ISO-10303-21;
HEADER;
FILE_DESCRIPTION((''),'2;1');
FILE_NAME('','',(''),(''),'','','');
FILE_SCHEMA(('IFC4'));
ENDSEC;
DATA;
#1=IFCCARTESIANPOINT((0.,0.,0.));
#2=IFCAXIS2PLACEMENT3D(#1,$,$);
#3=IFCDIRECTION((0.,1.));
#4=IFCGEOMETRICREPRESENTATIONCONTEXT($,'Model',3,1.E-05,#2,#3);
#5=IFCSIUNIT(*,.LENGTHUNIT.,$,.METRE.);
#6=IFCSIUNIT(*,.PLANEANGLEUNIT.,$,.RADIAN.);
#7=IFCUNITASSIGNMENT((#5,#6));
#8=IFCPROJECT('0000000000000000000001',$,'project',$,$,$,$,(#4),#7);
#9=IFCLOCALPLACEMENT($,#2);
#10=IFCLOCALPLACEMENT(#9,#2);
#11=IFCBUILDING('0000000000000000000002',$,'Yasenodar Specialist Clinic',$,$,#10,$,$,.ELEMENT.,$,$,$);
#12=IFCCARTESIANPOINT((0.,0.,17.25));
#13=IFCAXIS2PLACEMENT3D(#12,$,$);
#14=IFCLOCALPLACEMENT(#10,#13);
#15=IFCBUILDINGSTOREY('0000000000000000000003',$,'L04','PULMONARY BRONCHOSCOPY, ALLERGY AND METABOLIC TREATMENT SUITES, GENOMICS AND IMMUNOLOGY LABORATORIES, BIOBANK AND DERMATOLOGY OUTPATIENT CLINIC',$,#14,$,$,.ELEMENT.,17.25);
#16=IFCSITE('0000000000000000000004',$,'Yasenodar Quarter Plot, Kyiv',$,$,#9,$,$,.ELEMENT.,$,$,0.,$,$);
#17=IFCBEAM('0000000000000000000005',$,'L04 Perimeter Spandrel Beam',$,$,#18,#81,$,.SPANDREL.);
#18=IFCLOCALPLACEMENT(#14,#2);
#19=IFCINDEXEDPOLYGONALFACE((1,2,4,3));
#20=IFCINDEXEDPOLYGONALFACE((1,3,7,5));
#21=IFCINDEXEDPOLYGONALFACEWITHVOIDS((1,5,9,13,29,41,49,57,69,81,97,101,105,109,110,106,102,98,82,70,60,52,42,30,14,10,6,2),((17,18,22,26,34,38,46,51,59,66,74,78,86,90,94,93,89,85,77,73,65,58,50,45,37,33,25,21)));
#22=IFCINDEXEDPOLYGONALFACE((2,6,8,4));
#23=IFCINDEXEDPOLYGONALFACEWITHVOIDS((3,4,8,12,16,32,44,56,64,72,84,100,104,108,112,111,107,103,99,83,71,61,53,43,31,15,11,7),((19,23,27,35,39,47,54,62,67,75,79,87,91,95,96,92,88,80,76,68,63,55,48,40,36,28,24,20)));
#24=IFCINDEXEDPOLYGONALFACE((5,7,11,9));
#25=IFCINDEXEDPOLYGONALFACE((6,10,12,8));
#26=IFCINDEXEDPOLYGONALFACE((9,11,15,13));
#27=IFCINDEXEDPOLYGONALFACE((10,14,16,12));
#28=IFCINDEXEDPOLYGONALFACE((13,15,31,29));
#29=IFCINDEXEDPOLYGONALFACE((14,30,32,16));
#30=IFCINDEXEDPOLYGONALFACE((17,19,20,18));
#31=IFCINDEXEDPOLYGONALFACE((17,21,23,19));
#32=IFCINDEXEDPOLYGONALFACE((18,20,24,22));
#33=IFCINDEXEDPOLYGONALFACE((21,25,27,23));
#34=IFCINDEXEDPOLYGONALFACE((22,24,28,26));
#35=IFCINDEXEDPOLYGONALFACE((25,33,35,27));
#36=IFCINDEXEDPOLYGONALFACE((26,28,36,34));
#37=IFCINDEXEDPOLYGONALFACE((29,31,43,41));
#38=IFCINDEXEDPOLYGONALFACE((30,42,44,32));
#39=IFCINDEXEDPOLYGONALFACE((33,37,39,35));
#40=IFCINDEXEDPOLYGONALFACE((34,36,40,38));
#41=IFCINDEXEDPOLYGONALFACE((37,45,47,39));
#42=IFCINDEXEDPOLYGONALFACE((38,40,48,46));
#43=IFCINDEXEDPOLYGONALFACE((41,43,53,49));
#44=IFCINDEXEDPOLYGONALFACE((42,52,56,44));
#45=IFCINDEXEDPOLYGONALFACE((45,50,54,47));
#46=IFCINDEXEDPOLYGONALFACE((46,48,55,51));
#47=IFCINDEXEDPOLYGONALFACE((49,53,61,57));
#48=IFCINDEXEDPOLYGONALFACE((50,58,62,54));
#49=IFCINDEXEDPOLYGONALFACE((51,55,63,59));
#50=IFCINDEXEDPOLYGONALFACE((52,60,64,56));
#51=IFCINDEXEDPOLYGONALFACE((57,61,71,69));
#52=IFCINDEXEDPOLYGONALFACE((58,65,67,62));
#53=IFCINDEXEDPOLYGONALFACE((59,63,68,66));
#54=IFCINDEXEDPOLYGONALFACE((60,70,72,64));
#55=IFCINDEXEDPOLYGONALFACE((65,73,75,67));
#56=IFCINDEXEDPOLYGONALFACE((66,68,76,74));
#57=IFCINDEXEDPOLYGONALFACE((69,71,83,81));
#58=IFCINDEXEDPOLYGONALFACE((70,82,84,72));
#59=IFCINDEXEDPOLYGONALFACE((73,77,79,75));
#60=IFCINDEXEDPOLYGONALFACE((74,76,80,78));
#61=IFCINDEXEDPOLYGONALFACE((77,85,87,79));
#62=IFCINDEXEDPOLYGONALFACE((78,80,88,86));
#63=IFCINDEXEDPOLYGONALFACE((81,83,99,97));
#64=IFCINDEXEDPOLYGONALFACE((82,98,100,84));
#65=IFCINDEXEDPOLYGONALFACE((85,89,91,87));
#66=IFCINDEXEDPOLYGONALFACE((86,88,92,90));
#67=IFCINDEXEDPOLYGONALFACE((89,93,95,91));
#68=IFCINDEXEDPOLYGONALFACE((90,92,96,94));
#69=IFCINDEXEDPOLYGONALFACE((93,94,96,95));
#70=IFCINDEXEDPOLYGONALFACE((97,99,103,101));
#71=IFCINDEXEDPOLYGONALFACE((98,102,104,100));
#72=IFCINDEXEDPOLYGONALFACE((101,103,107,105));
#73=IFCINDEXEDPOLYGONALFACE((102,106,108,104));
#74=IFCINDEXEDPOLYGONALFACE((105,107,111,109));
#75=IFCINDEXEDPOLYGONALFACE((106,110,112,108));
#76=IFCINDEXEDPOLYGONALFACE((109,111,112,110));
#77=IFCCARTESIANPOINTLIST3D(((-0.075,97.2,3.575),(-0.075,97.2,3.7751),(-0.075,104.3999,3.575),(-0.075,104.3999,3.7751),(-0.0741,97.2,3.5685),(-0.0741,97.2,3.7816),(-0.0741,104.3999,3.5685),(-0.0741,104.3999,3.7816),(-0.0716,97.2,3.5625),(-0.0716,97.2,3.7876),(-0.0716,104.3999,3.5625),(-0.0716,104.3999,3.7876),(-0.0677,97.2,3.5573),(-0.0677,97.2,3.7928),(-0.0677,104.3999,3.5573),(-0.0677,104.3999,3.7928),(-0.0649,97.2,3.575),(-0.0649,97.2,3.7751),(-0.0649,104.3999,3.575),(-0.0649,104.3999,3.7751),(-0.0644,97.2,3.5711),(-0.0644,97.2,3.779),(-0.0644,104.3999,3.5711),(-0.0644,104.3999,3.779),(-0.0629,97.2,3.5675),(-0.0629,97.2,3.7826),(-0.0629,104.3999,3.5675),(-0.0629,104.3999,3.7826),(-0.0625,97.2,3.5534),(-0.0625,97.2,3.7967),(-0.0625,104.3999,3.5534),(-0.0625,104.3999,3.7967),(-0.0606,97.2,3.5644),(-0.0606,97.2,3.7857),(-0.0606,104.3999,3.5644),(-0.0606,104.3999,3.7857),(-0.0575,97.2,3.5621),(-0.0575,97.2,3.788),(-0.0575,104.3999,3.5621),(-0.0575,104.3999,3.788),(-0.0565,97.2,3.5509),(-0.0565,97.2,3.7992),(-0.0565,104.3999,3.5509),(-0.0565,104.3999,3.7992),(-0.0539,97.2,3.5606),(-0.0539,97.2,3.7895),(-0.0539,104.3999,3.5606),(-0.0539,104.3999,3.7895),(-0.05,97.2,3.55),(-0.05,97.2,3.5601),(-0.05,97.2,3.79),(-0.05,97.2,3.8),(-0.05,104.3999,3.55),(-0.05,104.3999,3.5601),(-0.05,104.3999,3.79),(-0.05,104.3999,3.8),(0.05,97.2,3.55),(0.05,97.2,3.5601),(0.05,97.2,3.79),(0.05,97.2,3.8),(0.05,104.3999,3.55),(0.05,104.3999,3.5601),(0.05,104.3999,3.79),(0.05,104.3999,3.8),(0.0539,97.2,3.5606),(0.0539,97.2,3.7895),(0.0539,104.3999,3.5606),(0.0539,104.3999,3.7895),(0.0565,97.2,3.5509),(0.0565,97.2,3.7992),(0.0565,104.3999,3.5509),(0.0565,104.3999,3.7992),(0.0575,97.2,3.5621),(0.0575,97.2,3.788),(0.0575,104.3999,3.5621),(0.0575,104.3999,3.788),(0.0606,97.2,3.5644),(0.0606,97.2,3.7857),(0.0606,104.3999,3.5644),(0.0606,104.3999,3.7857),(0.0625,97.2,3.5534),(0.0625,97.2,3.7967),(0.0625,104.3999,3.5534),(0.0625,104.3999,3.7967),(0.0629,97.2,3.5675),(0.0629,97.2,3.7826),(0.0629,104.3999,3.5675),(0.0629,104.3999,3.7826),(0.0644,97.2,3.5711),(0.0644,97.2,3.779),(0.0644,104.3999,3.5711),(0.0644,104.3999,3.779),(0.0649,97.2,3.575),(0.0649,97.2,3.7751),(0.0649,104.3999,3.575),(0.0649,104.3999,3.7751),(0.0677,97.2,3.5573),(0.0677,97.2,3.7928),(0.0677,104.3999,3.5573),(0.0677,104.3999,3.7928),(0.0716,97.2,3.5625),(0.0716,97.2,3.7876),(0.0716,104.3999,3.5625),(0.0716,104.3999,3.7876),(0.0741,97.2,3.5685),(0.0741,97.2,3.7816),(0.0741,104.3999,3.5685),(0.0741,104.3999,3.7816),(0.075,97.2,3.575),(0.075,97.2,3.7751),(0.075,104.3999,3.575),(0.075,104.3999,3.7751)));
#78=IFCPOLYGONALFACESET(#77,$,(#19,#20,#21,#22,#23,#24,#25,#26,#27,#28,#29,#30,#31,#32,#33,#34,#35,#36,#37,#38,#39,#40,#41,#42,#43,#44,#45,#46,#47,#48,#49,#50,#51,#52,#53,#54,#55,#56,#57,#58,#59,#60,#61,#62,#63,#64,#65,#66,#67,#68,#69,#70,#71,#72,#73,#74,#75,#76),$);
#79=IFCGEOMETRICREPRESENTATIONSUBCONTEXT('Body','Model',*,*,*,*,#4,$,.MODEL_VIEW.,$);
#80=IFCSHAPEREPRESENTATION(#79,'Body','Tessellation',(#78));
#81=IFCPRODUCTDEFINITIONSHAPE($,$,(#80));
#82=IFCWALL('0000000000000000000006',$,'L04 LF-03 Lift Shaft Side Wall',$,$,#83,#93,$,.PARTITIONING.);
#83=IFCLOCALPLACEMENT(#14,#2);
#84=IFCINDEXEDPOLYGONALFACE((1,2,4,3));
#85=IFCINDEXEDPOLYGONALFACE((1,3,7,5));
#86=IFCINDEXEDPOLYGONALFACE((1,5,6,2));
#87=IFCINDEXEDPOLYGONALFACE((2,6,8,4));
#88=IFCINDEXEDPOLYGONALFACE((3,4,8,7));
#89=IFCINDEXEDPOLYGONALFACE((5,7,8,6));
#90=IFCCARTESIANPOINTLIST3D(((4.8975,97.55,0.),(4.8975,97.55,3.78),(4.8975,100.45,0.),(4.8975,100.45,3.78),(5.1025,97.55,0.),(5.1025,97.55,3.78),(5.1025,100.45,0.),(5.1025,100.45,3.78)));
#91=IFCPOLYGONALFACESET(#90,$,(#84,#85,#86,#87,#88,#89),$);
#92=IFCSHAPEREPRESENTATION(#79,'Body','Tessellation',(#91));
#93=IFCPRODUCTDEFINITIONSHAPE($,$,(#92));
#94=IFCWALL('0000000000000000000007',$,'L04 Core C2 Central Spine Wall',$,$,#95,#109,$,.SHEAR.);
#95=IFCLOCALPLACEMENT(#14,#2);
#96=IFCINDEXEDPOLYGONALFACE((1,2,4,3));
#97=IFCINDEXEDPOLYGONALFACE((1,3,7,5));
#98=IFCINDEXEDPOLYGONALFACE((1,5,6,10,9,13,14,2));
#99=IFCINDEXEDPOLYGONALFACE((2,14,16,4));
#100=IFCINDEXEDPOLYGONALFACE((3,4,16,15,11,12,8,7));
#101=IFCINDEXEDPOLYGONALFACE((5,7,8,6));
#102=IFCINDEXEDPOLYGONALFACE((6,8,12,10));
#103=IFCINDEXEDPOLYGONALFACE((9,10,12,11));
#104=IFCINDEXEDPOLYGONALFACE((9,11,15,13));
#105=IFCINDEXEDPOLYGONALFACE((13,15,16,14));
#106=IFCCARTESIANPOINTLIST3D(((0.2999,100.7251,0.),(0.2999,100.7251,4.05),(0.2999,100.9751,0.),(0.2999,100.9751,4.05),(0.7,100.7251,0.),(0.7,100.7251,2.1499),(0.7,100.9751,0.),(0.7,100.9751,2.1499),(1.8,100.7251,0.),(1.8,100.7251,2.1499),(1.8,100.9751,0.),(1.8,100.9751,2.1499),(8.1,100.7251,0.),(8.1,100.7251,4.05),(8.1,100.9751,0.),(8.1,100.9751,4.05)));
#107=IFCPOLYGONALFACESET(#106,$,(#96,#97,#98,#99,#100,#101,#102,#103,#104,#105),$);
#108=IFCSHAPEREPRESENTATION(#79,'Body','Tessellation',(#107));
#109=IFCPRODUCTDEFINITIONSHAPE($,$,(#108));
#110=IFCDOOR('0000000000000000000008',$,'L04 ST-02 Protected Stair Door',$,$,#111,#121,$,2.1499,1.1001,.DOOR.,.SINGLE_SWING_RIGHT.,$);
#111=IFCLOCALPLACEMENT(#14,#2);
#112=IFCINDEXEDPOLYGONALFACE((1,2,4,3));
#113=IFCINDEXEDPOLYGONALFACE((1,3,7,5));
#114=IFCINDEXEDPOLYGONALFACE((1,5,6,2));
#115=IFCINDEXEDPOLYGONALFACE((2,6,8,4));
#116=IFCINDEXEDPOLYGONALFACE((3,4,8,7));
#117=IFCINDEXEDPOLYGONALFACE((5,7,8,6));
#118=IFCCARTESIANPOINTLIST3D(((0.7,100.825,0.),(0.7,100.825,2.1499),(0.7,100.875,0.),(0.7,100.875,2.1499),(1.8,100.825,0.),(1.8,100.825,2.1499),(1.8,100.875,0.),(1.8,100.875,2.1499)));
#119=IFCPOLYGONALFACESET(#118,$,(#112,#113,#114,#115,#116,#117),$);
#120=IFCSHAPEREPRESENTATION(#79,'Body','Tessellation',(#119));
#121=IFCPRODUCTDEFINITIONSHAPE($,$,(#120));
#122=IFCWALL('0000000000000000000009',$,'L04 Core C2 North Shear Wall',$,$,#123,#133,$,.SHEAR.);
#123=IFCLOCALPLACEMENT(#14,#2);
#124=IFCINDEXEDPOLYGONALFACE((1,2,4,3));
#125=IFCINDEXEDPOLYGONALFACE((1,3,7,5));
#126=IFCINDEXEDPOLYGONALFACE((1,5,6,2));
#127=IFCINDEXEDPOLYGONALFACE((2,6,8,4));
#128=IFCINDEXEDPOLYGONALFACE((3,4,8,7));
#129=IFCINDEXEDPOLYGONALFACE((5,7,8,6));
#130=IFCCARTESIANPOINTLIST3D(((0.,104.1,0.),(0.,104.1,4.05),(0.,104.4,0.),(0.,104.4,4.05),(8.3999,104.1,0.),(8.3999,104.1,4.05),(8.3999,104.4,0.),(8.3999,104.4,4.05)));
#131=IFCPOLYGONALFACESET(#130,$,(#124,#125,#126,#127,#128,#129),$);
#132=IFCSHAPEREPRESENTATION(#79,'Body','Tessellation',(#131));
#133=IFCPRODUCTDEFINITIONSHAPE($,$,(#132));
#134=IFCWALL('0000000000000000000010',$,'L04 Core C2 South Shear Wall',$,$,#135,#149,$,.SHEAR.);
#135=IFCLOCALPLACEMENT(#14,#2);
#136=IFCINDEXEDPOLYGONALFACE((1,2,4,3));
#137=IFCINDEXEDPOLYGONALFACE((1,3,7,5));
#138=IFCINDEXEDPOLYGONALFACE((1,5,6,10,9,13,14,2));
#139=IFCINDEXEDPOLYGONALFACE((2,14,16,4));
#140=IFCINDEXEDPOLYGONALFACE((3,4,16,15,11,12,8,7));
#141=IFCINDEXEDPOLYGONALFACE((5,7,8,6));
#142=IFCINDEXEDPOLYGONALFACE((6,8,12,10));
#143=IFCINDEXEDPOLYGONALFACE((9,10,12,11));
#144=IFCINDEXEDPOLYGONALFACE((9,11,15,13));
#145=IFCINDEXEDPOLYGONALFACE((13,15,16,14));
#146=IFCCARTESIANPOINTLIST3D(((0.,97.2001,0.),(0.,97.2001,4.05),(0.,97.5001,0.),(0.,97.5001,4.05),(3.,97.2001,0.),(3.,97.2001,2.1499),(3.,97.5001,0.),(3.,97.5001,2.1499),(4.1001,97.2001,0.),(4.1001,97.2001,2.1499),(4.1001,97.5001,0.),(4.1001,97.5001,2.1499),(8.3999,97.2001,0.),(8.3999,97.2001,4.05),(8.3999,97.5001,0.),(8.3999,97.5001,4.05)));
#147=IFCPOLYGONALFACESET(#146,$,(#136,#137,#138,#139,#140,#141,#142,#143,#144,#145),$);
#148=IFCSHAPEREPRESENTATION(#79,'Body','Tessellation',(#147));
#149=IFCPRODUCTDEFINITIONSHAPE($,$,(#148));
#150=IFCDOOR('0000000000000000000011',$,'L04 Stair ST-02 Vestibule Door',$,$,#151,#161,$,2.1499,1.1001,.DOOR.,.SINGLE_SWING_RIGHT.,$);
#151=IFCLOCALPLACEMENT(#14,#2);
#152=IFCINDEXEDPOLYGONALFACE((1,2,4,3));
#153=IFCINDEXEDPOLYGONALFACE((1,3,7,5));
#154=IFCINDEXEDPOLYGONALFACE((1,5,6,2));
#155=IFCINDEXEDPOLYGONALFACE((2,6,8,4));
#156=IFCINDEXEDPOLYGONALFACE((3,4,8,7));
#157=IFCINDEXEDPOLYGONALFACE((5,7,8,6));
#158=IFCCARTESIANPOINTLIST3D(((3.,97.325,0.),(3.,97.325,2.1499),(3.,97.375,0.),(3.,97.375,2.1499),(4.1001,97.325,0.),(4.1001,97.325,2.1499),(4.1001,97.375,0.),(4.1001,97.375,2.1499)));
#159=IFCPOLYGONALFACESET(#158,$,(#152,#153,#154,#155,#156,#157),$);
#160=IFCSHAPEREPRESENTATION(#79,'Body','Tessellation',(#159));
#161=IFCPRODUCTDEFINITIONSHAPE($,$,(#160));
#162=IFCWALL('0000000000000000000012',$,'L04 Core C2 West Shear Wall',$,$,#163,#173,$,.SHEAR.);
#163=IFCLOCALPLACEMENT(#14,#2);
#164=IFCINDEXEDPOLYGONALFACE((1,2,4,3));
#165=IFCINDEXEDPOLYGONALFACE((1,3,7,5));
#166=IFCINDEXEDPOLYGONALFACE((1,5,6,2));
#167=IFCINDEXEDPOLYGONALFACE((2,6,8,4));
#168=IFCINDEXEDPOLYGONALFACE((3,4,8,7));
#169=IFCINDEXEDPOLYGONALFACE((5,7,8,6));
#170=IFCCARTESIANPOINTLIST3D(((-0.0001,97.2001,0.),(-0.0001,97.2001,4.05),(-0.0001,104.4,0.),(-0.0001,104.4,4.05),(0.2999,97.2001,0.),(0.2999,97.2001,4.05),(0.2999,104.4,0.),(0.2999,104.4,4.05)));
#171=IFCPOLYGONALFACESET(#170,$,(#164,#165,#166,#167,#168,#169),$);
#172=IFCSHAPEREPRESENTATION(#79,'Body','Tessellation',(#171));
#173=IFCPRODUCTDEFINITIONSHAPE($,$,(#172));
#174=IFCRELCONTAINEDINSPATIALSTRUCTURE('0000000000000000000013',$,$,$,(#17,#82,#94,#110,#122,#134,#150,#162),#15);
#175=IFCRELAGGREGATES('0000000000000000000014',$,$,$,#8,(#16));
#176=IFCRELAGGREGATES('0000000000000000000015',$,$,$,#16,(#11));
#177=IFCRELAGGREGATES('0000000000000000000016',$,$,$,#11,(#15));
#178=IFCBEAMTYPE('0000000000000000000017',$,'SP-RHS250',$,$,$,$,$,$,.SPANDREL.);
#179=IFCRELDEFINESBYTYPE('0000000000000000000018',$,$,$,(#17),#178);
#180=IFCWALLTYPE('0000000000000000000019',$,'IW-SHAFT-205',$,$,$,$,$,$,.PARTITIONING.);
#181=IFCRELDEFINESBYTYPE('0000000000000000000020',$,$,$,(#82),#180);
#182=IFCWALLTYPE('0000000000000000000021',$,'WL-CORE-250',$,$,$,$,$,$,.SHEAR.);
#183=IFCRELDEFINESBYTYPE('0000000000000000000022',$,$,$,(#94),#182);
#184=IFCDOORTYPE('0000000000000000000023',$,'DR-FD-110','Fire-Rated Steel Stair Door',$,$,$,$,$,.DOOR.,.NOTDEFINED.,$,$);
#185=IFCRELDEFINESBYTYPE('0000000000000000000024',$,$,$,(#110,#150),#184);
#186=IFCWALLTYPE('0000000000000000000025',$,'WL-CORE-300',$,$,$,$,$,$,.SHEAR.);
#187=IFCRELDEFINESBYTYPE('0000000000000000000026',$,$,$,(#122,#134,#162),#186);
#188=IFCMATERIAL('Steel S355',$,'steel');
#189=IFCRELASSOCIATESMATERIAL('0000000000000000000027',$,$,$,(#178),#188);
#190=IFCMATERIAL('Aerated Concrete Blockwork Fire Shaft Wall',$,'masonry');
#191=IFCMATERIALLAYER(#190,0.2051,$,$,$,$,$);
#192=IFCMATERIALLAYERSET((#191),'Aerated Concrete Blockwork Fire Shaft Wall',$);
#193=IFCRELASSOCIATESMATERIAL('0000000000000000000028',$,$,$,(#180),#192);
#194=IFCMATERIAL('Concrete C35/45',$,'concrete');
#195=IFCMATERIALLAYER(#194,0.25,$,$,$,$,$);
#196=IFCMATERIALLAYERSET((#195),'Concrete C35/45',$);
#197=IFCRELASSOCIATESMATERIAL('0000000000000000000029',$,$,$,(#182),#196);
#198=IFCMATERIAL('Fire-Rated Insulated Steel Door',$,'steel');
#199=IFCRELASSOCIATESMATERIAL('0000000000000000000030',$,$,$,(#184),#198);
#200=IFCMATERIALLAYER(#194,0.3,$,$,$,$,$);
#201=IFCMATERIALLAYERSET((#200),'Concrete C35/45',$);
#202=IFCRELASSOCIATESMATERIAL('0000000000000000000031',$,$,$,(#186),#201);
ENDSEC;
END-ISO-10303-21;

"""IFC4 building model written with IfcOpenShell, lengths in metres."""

from ifc_helpers import new_model, si_unit, direction, frame, frame_2d, origin, origin_2d, place, context, subcontext, project, spatial, rectangle, hollow_rectangle, extrude, material, layer, layer_set, material_profile, profile_set, type_object, element, fill, save


model = new_model("IFC4")

# Units and contexts
model_context = context("Model", 3, precision=1e-05, world=origin(), true_north=direction((0.0, 1.0)))
body_context = subcontext(model_context, "Body", "Model", "MODEL_VIEW")
ifc_project = project(units=[si_unit("LENGTHUNIT", "METRE"), si_unit("PLANEANGLEUNIT", "RADIAN")], contexts=[model_context])

# Site, building, storey
site_placement = place(None, origin())
site = spatial("IfcSite", under=ifc_project, at=site_placement, Name="Yasenodar Quarter Plot, Kyiv", CompositionType="ELEMENT", RefElevation=0.0)
building_placement = place(site_placement, origin())
building = spatial("IfcBuilding", under=site, at=building_placement, Name="Yasenodar Specialist Clinic", CompositionType="ELEMENT")
storey_placement = place(building_placement, frame((0.0, 0.0, 17.25)))
storey = spatial("IfcBuildingStorey", under=building, at=storey_placement, Name="L04", Description="PULMONARY BRONCHOSCOPY, ALLERGY AND METABOLIC TREATMENT SUITES, GENOMICS AND IMMUNOLOGY LABORATORIES, BIOBANK AND DERMATOLOGY OUTPATIENT CLINIC", CompositionType="ELEMENT", Elevation=17.25)

# Shared definitions
ifc_material_1 = material(Name="Steel S355", Category="steel")

# Beam
ifc_material_profile_1 = material_profile(ifc_material_1, hollow_rectangle(XDim=0.1499, YDim=0.25, WallThickness=0.01, InnerFilletRadius=0.0149, OuterFilletRadius=0.0249, at=origin_2d()), Name="RHS 250x150x10")
ifc_profile_set_1 = profile_set([ifc_material_profile_1], Name="Steel S355")
beam_type_1 = type_object("IfcBeamType", Name="SP-RHS250", PredefinedType="SPANDREL", material=ifc_profile_set_1)
beam_1_placement = place(storey_placement, frame((0.0, 97.2, 3.675), z_axis=(0.0, 1.0, 0.0), x_axis=(-1.0, 0.0, 0.0)))
element("IfcBeam", 1, at=beam_1_placement, inside=storey, type_object=beam_type_1, Name="L04 Perimeter Spandrel Beam", PredefinedType="SPANDREL", context=body_context, shape_type="SweptSolid", body=[
    extrude(hollow_rectangle(XDim=0.1499, YDim=0.25, WallThickness=0.01, InnerFilletRadius=0.0149, OuterFilletRadius=0.0249, at=origin_2d()), origin(), (0.0, 0.0, 1.0), 7.2),
])

# Wall
ifc_material_2 = material(Name="Aerated Concrete Blockwork Fire Shaft Wall", Category="masonry")
ifc_layer_1 = layer(ifc_material_2, 0.2051)
ifc_layer_set_1 = layer_set([ifc_layer_1], Name="Aerated Concrete Blockwork Fire Shaft Wall")
wall_type_1 = type_object("IfcWallType", Name="IW-SHAFT-205", PredefinedType="PARTITIONING", material=ifc_layer_set_1)
wall_1_placement = place(storey_placement, frame((5.0, 97.55, 0.0), z_axis=(0.0, 0.0, 1.0), x_axis=(0.0, 1.0, 0.0)))
element("IfcWall", 2, at=wall_1_placement, inside=storey, type_object=wall_type_1, Name="L04 LF-03 Lift Shaft Side Wall", PredefinedType="PARTITIONING", context=body_context, shape_type="SweptSolid", body=[
    extrude(rectangle(XDim=2.8999, YDim=0.2051, at=frame_2d((1.45, 0.0))), origin(), (0.0, 0.0, 1.0), 3.78),
])

# Wall, opening, door
ifc_material_3 = material(Name="Concrete C35/45", Category="concrete")
ifc_layer_2 = layer(ifc_material_3, 0.25)
ifc_layer_set_2 = layer_set([ifc_layer_2], Name="Concrete C35/45")
wall_type_2 = type_object("IfcWallType", Name="WL-CORE-250", PredefinedType="SHEAR", material=ifc_layer_set_2)
wall_2_placement = place(storey_placement, frame((0.3, 100.8501, 0.0), z_axis=(0.0, 0.0, 1.0), x_axis=(1.0, 0.0, 0.0)))
wall_2 = element("IfcWall", 3, at=wall_2_placement, inside=storey, type_object=wall_type_2, Name="L04 Core C2 Central Spine Wall", PredefinedType="SHEAR", context=body_context, shape_type="SweptSolid", body=[
    extrude(rectangle(XDim=7.8, YDim=0.25, at=frame_2d((3.8999, 0.0))), origin(), (0.0, 0.0, 1.0), 4.05),
])
opening_1_placement = place(wall_2_placement, frame((0.3999, 0.0, 0.0)))
opening_1 = element("IfcOpeningElement", 4, at=opening_1_placement, cuts=wall_2, PredefinedType="OPENING", context=body_context, shape_type="SweptSolid", body=[
    extrude(rectangle(XDim=1.1001, YDim=2.1499, at=frame_2d((0.55, 1.075))), frame((0.0, 0.135, 0.0), z_axis=(0.0, -1.0, 0.0), x_axis=(1.0, 0.0, 0.0)), (0.0, 0.0, 1.0), 0.27),
])
ifc_material_4 = material(Name="Fire-Rated Insulated Steel Door", Category="steel")
door_type_1 = type_object("IfcDoorType", Name="DR-FD-110", Description="Fire-Rated Steel Stair Door", OperationType="NOTDEFINED", PredefinedType="DOOR", material=ifc_material_4)
door_1_placement = place(opening_1_placement, origin())
door_1 = element("IfcDoor", 5, at=door_1_placement, inside=storey, type_object=door_type_1, Name="L04 ST-02 Protected Stair Door", OperationType="SINGLE_SWING_RIGHT", OverallHeight=2.1499, OverallWidth=1.1001, PredefinedType="DOOR", context=body_context, shape_type="SweptSolid", body=[
    extrude(rectangle(XDim=1.1001, YDim=2.1499, at=frame_2d((0.55, 1.075))), frame((0.0, 0.0249, 0.0), z_axis=(0.0, -1.0, 0.0), x_axis=(1.0, 0.0, 0.0)), (0.0, 0.0, 1.0), 0.05),
])
fill(opening_1, door_1)

# Wall
ifc_layer_3 = layer(ifc_material_3, 0.3)
ifc_layer_set_3 = layer_set([ifc_layer_3], Name="Concrete C35/45")
wall_type_3 = type_object("IfcWallType", Name="WL-CORE-300", PredefinedType="SHEAR", material=ifc_layer_set_3)
wall_3_placement = place(storey_placement, frame((0.0, 104.25, 0.0), z_axis=(0.0, 0.0, 1.0), x_axis=(1.0, 0.0, 0.0)))
element("IfcWall", 6, at=wall_3_placement, inside=storey, type_object=wall_type_3, Name="L04 Core C2 North Shear Wall", PredefinedType="SHEAR", context=body_context, shape_type="SweptSolid", body=[
    extrude(rectangle(XDim=8.3999, YDim=0.3, at=frame_2d((4.2, 0.0))), origin(), (0.0, 0.0, 1.0), 4.05),
])

# Wall, opening, door
wall_4_placement = place(storey_placement, frame((0.0, 97.3501, 0.0), z_axis=(0.0, 0.0, 1.0), x_axis=(1.0, 0.0, 0.0)))
wall_4 = element("IfcWall", 7, at=wall_4_placement, inside=storey, type_object=wall_type_3, Name="L04 Core C2 South Shear Wall", PredefinedType="SHEAR", context=body_context, shape_type="SweptSolid", body=[
    extrude(rectangle(XDim=8.3999, YDim=0.3, at=frame_2d((4.2, 0.0))), origin(), (0.0, 0.0, 1.0), 4.05),
])
opening_2_placement = place(wall_4_placement, frame((3.0, 0.0, 0.0)))
opening_2 = element("IfcOpeningElement", 8, at=opening_2_placement, cuts=wall_4, PredefinedType="OPENING", context=body_context, shape_type="SweptSolid", body=[
    extrude(rectangle(XDim=1.1001, YDim=2.1499, at=frame_2d((0.55, 1.075))), frame((0.0, 0.1602, 0.0), z_axis=(0.0, -1.0, 0.0), x_axis=(1.0, 0.0, 0.0)), (0.0, 0.0, 1.0), 0.3201),
])
door_2_placement = place(opening_2_placement, origin())
door_2 = element("IfcDoor", 9, at=door_2_placement, inside=storey, type_object=door_type_1, Name="L04 Stair ST-02 Vestibule Door", OperationType="SINGLE_SWING_RIGHT", OverallHeight=2.1499, OverallWidth=1.1001, PredefinedType="DOOR", context=body_context, shape_type="SweptSolid", body=[
    extrude(rectangle(XDim=1.1001, YDim=2.1499, at=frame_2d((0.55, 1.075))), frame((0.0, 0.0249, 0.0), z_axis=(0.0, -1.0, 0.0), x_axis=(1.0, 0.0, 0.0)), (0.0, 0.0, 1.0), 0.05),
])
fill(opening_2, door_2)

# Wall
wall_5_placement = place(storey_placement, frame((0.1499, 97.2, 0.0), z_axis=(0.0, 0.0, 1.0), x_axis=(0.0, 1.0, 0.0)))
element("IfcWall", 10, at=wall_5_placement, inside=storey, type_object=wall_type_3, Name="L04 Core C2 West Shear Wall", PredefinedType="SHEAR", context=body_context, shape_type="SweptSolid", body=[
    extrude(rectangle(XDim=7.2, YDim=0.3, at=frame_2d((3.6001, 0.0))), origin(), (0.0, 0.0, 1.0), 4.05),
])

save(model, "model.ifc")
